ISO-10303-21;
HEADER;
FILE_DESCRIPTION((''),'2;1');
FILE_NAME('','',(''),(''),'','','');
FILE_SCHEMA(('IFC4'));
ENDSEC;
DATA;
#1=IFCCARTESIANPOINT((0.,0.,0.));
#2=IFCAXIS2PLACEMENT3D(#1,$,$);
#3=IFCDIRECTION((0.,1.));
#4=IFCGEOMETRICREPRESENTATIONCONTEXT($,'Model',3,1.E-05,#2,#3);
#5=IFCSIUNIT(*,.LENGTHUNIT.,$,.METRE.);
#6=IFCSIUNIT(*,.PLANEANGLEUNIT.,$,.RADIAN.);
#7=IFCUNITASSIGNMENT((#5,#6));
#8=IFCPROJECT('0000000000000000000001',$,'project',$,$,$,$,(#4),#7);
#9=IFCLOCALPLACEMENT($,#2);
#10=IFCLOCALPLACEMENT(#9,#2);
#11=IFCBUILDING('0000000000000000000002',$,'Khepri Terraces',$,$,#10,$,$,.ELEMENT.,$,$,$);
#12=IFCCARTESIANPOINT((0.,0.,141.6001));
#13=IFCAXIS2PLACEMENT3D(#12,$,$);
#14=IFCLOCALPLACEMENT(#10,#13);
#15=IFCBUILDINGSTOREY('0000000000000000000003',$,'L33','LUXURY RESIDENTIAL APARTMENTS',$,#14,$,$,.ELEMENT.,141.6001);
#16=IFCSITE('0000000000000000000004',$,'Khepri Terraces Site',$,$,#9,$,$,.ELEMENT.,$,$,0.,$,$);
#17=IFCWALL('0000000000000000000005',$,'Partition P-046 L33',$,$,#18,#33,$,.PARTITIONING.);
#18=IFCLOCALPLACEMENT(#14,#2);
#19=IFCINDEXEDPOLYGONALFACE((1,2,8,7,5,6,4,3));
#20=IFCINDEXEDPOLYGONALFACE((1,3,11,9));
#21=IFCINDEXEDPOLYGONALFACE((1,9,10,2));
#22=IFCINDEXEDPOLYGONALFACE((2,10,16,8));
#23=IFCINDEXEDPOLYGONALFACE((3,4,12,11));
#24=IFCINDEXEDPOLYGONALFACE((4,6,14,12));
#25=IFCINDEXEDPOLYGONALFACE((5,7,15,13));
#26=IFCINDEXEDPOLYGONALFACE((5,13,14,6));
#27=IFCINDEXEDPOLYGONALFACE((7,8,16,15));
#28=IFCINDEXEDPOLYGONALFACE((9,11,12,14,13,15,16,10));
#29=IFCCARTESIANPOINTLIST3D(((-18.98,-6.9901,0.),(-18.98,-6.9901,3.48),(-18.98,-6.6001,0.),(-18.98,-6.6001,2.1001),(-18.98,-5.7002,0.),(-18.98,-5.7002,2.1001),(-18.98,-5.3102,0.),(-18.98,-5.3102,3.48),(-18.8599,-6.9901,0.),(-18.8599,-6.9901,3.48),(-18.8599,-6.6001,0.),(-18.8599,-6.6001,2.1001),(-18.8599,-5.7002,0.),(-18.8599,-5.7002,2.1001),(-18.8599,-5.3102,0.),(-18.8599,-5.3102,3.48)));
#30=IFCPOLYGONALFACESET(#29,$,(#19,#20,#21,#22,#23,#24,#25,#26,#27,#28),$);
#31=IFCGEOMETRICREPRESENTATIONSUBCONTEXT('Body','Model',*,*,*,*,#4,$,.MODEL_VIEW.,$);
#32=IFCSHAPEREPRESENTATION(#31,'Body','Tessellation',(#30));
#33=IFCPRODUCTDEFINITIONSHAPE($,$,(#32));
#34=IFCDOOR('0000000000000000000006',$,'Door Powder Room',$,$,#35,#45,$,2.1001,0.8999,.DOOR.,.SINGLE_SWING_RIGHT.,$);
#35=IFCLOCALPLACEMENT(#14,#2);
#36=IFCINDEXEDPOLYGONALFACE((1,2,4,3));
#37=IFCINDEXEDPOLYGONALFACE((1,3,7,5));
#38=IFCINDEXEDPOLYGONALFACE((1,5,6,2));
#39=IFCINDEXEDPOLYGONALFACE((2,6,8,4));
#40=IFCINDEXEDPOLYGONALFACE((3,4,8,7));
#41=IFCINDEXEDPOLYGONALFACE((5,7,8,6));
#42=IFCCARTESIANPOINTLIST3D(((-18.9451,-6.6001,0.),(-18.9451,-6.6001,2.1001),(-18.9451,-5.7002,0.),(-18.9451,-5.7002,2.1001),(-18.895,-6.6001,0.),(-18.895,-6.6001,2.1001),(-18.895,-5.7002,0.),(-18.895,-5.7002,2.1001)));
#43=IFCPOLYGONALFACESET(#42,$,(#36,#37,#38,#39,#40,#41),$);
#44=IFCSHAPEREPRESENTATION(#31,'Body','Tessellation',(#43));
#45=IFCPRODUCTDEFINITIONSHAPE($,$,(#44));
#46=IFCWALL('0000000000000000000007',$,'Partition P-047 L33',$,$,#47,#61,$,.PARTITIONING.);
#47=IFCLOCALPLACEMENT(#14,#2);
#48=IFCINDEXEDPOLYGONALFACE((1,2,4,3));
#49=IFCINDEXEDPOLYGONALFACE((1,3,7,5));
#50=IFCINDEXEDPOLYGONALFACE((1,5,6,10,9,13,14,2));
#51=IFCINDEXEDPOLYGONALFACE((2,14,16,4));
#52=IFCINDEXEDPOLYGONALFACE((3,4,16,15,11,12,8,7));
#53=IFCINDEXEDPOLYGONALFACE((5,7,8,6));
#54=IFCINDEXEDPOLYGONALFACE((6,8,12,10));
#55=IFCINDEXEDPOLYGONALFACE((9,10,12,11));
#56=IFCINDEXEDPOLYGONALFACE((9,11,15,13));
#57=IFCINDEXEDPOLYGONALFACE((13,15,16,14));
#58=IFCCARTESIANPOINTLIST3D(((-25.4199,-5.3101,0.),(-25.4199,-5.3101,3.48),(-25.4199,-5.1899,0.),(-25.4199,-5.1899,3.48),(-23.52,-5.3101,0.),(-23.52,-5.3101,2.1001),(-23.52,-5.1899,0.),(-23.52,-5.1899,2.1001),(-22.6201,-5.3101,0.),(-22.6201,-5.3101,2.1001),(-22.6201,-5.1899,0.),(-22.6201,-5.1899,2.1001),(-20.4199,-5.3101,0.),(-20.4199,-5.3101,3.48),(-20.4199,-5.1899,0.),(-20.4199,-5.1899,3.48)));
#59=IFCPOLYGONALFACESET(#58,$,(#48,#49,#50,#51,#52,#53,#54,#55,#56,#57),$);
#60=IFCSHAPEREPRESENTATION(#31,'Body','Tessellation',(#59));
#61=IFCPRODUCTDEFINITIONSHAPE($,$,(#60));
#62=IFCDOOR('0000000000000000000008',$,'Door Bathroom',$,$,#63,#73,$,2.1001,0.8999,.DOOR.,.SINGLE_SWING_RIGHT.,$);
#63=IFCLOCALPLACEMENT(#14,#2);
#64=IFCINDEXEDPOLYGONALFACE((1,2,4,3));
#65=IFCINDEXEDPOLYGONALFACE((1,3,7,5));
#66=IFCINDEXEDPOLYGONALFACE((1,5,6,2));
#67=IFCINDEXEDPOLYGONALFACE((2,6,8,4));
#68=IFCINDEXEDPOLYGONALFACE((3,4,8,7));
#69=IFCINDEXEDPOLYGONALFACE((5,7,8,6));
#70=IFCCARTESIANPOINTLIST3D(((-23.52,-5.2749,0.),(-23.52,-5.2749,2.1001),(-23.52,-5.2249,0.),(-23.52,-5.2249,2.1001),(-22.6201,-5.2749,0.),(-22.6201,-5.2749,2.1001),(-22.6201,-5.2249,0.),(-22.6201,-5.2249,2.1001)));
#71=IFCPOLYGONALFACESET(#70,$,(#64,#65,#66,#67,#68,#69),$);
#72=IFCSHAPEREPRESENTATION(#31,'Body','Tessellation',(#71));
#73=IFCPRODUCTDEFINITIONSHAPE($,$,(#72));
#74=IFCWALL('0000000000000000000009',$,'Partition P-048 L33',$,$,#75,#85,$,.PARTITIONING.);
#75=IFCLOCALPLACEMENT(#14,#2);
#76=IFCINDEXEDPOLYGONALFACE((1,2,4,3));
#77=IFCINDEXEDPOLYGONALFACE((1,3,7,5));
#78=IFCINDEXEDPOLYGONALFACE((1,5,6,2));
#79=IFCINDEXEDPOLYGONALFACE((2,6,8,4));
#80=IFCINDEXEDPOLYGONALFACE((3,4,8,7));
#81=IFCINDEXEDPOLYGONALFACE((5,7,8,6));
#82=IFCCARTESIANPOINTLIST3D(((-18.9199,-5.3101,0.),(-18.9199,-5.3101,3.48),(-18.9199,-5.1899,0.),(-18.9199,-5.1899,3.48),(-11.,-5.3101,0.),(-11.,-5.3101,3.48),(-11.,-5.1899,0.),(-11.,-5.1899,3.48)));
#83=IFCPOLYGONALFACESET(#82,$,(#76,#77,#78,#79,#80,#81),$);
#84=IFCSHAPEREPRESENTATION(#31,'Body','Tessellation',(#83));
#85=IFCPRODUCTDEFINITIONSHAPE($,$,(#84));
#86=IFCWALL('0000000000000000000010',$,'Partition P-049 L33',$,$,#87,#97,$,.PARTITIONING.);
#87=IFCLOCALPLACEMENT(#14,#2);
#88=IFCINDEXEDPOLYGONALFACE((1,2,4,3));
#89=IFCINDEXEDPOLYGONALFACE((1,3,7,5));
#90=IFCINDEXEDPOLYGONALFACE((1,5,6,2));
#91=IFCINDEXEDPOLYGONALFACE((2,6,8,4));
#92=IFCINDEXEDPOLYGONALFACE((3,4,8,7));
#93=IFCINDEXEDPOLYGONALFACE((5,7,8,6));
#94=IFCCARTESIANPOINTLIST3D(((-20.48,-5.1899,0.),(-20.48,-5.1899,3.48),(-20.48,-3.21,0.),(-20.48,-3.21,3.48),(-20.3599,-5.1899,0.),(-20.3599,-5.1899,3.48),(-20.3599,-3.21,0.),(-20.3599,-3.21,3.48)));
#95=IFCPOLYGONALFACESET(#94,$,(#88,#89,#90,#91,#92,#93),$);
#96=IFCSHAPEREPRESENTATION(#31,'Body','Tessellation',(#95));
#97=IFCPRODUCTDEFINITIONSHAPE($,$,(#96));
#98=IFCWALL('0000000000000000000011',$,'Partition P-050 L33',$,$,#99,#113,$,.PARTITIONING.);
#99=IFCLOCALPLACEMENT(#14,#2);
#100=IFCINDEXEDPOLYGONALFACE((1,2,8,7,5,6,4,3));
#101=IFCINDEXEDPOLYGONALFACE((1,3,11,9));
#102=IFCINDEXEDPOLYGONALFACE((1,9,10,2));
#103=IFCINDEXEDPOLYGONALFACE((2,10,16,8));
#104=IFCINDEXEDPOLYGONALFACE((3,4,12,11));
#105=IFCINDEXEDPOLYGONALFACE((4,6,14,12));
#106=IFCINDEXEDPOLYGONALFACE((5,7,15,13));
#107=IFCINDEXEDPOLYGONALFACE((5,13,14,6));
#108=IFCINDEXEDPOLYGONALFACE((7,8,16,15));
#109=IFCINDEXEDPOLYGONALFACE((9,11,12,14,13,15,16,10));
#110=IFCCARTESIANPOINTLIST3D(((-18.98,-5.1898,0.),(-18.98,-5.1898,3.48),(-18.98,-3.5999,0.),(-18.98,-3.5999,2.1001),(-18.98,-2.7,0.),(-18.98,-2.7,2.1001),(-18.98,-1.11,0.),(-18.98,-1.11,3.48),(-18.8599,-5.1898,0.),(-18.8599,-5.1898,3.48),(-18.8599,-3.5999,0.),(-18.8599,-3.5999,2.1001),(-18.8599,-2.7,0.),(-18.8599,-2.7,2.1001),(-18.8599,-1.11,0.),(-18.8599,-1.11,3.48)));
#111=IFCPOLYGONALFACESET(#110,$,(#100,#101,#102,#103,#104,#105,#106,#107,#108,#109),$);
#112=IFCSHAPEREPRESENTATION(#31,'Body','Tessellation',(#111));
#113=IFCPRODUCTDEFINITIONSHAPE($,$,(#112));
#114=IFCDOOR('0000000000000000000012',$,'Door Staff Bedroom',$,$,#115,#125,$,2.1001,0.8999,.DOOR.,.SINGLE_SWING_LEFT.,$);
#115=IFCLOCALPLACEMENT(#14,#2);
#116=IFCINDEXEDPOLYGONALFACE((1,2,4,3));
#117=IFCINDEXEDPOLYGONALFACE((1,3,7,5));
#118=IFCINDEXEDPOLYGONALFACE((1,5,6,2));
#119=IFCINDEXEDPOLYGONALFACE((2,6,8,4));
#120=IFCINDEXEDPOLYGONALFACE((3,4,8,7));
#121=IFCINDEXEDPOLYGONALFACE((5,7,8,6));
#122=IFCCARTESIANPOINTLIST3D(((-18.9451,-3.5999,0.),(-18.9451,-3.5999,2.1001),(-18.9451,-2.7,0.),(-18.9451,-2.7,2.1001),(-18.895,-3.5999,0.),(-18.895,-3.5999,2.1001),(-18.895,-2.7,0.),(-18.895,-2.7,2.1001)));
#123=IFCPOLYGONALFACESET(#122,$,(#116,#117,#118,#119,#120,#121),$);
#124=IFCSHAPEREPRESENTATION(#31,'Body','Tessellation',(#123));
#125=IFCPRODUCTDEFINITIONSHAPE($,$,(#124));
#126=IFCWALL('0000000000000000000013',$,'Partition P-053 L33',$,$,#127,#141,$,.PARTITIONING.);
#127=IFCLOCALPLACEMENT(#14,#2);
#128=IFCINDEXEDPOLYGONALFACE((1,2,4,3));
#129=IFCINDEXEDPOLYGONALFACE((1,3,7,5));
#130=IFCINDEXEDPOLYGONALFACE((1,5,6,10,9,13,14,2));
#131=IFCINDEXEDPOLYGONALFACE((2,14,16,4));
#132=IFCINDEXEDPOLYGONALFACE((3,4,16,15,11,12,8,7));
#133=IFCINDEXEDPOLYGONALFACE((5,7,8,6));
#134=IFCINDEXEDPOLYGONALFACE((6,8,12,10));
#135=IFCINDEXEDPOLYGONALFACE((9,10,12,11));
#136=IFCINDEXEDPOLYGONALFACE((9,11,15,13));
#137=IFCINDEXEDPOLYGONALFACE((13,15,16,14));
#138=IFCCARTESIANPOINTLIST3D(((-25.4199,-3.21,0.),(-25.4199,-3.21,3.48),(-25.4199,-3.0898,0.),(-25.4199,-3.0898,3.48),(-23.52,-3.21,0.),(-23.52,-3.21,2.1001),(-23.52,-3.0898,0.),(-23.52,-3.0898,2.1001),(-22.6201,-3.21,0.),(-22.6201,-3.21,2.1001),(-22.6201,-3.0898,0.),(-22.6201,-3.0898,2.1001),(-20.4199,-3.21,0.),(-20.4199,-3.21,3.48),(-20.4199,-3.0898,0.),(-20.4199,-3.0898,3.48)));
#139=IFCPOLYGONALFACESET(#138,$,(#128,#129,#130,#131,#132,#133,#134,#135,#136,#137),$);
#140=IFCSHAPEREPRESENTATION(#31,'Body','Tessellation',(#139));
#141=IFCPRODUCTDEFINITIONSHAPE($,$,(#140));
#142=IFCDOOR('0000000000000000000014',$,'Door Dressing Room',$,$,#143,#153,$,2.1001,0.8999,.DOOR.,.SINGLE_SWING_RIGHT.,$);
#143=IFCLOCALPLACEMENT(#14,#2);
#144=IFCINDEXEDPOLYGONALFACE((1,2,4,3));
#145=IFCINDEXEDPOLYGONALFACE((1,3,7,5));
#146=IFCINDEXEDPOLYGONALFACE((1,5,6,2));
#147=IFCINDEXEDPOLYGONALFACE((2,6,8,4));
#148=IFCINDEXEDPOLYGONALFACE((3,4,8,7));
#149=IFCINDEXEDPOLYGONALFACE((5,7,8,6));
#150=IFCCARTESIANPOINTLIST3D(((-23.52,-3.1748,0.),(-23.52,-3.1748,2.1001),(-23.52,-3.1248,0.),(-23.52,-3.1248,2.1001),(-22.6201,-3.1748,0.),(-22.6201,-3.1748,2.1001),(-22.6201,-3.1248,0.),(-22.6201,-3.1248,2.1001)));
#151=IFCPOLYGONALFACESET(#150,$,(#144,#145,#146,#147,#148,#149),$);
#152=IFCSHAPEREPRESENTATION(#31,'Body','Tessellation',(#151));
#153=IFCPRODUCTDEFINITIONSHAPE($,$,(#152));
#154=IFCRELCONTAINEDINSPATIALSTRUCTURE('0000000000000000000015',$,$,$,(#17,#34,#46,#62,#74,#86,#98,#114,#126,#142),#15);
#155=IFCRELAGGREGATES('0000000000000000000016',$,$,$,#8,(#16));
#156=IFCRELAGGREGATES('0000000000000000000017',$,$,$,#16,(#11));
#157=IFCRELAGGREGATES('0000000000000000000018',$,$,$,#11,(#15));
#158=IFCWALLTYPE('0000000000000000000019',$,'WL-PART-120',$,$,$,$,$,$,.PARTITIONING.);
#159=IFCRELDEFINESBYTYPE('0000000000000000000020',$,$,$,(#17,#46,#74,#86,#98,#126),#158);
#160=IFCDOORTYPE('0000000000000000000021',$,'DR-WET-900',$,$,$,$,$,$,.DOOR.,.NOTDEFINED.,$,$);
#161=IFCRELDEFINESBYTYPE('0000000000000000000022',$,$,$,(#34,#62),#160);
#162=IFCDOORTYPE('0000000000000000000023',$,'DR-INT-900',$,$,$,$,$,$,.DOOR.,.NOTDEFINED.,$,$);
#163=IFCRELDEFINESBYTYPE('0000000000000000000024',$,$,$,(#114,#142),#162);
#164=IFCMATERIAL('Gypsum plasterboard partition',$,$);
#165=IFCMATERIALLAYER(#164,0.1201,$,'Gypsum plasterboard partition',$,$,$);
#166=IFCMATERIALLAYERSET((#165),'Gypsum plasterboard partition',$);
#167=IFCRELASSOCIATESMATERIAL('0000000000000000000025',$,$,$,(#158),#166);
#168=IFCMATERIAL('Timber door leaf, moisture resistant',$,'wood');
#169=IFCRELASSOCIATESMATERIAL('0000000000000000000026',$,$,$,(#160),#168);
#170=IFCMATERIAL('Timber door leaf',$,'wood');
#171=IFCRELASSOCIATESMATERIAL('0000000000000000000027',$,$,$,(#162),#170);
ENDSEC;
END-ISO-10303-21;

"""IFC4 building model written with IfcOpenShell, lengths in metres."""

from ifc_helpers import new_model, si_unit, direction, frame, frame_2d, origin, place, context, subcontext, project, spatial, rectangle, extrude, material, layer, layer_set, type_object, element, fill, save


model = new_model("IFC4")

# Units and contexts
model_context = context("Model", 3, precision=1e-05, world=origin(), true_north=direction((0.0, 1.0)))
body_context = subcontext(model_context, "Body", "Model", "MODEL_VIEW")
ifc_project = project(units=[si_unit("LENGTHUNIT", "METRE"), si_unit("PLANEANGLEUNIT", "RADIAN")], contexts=[model_context])

# Site, building, storey
site_placement = place(None, origin())
site = spatial("IfcSite", under=ifc_project, at=site_placement, Name="Khepri Terraces Site", CompositionType="ELEMENT", RefElevation=0.0)
building_placement = place(site_placement, origin())
building = spatial("IfcBuilding", under=site, at=building_placement, Name="Khepri Terraces", CompositionType="ELEMENT")
storey_placement = place(building_placement, frame((0.0, 0.0, 141.6001)))
storey = spatial("IfcBuildingStorey", under=building, at=storey_placement, Name="L33", Description="LUXURY RESIDENTIAL APARTMENTS", CompositionType="ELEMENT", Elevation=141.6001)

# Walls, openings, doors
ifc_material_1 = material(Name="Gypsum plasterboard partition")
ifc_layer_1 = layer(ifc_material_1, 0.1201, Name="Gypsum plasterboard partition")
ifc_layer_set_1 = layer_set([ifc_layer_1], Name="Gypsum plasterboard partition")
wall_type_1 = type_object("IfcWallType", Name="WL-PART-120", PredefinedType="PARTITIONING", material=ifc_layer_set_1)
wall_1_placement = place(storey_placement, frame((-18.9199, -6.99, 0.0), z_axis=(0.0, 0.0, 1.0), x_axis=(0.0, 1.0, 0.0)))
wall_1 = element("IfcWall", 1, at=wall_1_placement, inside=storey, type_object=wall_type_1, Name="Partition P-046 L33", PredefinedType="PARTITIONING", context=body_context, shape_type="SweptSolid", body=[
    extrude(rectangle(XDim=1.6799, YDim=0.1201, at=frame_2d((0.8398, 0.0))), origin(), (0.0, 0.0, 1.0), 3.48),
])
opening_1_placement = place(wall_1_placement, frame((0.3899, 0.0, 0.0)))
opening_1 = element("IfcOpeningElement", 2, at=opening_1_placement, cuts=wall_1, PredefinedType="OPENING", context=body_context, shape_type="SweptSolid", body=[
    extrude(rectangle(XDim=0.8999, YDim=2.1001, at=frame_2d((0.45, 1.05))), frame((0.0, 0.0701, 0.0), z_axis=(0.0, -1.0, 0.0), x_axis=(1.0, 0.0, 0.0)), (0.0, 0.0, 1.0), 0.1401),
])
ifc_material_2 = material(Name="Timber door leaf, moisture resistant", Category="wood")
door_type_1 = type_object("IfcDoorType", Name="DR-WET-900", OperationType="NOTDEFINED", PredefinedType="DOOR", material=ifc_material_2)
door_1_placement = place(opening_1_placement, frame((0.8999, 0.0, 0.0), z_axis=(0.0, 0.0, 1.0), x_axis=(-1.0, 0.0, 0.0)))
door_1 = element("IfcDoor", 3, at=door_1_placement, inside=storey, type_object=door_type_1, Name="Door Powder Room", OperationType="SINGLE_SWING_RIGHT", OverallHeight=2.1001, OverallWidth=0.8999, PredefinedType="DOOR", context=body_context, shape_type="SweptSolid", body=[
    extrude(rectangle(XDim=0.8999, YDim=2.1001, at=frame_2d((0.45, 1.05))), frame((0.0, 0.0249, 0.0), z_axis=(0.0, -1.0, 0.0), x_axis=(1.0, 0.0, 0.0)), (0.0, 0.0, 1.0), 0.05),
])
fill(opening_1, door_1)
wall_2_placement = place(storey_placement, frame((-25.4199, -5.25, 0.0), z_axis=(0.0, 0.0, 1.0), x_axis=(1.0, 0.0, 0.0)))
wall_2 = element("IfcWall", 4, at=wall_2_placement, inside=storey, type_object=wall_type_1, Name="Partition P-047 L33", PredefinedType="PARTITIONING", context=body_context, shape_type="SweptSolid", body=[
    extrude(rectangle(XDim=5.0, YDim=0.1201, at=frame_2d((2.5, 0.0))), origin(), (0.0, 0.0, 1.0), 3.48),
])
opening_2_placement = place(wall_2_placement, frame((1.8999, 0.0, 0.0)))
opening_2 = element("IfcOpeningElement", 5, at=opening_2_placement, cuts=wall_2, PredefinedType="OPENING", context=body_context, shape_type="SweptSolid", body=[
    extrude(rectangle(XDim=0.8999, YDim=2.1001, at=frame_2d((0.45, 1.05))), frame((0.0, 0.0701, 0.0), z_axis=(0.0, -1.0, 0.0), x_axis=(1.0, 0.0, 0.0)), (0.0, 0.0, 1.0), 0.1401),
])
door_2_placement = place(opening_2_placement, frame((0.8999, 0.0, 0.0), z_axis=(0.0, 0.0, 1.0), x_axis=(-1.0, 0.0, 0.0)))
door_2 = element("IfcDoor", 6, at=door_2_placement, inside=storey, type_object=door_type_1, Name="Door Bathroom", OperationType="SINGLE_SWING_RIGHT", OverallHeight=2.1001, OverallWidth=0.8999, PredefinedType="DOOR", context=body_context, shape_type="SweptSolid", body=[
    extrude(rectangle(XDim=0.8999, YDim=2.1001, at=frame_2d((0.45, 1.05))), frame((0.0, 0.0249, 0.0), z_axis=(0.0, -1.0, 0.0), x_axis=(1.0, 0.0, 0.0)), (0.0, 0.0, 1.0), 0.05),
])
fill(opening_2, door_2)

# Walls
wall_3_placement = place(storey_placement, frame((-18.9199, -5.25, 0.0), z_axis=(0.0, 0.0, 1.0), x_axis=(1.0, 0.0, 0.0)))
element("IfcWall", 7, at=wall_3_placement, inside=storey, type_object=wall_type_1, Name="Partition P-048 L33", PredefinedType="PARTITIONING", context=body_context, shape_type="SweptSolid", body=[
    extrude(rectangle(XDim=7.9199, YDim=0.1201, at=frame_2d((3.96, 0.0))), origin(), (0.0, 0.0, 1.0), 3.48),
])
wall_4_placement = place(storey_placement, frame((-20.4199, -5.1899, 0.0), z_axis=(0.0, 0.0, 1.0), x_axis=(0.0, 1.0, 0.0)))
element("IfcWall", 8, at=wall_4_placement, inside=storey, type_object=wall_type_1, Name="Partition P-049 L33", PredefinedType="PARTITIONING", context=body_context, shape_type="SweptSolid", body=[
    extrude(rectangle(XDim=1.98, YDim=0.1201, at=frame_2d((0.99, 0.0))), origin(), (0.0, 0.0, 1.0), 3.48),
])

# Walls, openings, doors
wall_5_placement = place(storey_placement, frame((-18.9199, -5.1899, 0.0), z_axis=(0.0, 0.0, 1.0), x_axis=(0.0, 1.0, 0.0)))
wall_5 = element("IfcWall", 9, at=wall_5_placement, inside=storey, type_object=wall_type_1, Name="Partition P-050 L33", PredefinedType="PARTITIONING", context=body_context, shape_type="SweptSolid", body=[
    extrude(rectangle(XDim=4.0798, YDim=0.1201, at=frame_2d((2.04, 0.0))), origin(), (0.0, 0.0, 1.0), 3.48),
])
opening_3_placement = place(wall_5_placement, frame((1.5901, 0.0, 0.0)))
opening_3 = element("IfcOpeningElement", 10, at=opening_3_placement, cuts=wall_5, PredefinedType="OPENING", context=body_context, shape_type="SweptSolid", body=[
    extrude(rectangle(XDim=0.8999, YDim=2.1001, at=frame_2d((0.45, 1.05))), frame((0.0, 0.0701, 0.0), z_axis=(0.0, -1.0, 0.0), x_axis=(1.0, 0.0, 0.0)), (0.0, 0.0, 1.0), 0.1401),
])
ifc_material_3 = material(Name="Timber door leaf", Category="wood")
door_type_2 = type_object("IfcDoorType", Name="DR-INT-900", OperationType="NOTDEFINED", PredefinedType="DOOR", material=ifc_material_3)
door_3_placement = place(opening_3_placement, frame((0.8999, 0.0, 0.0), z_axis=(0.0, 0.0, 1.0), x_axis=(-1.0, 0.0, 0.0)))
door_3 = element("IfcDoor", 11, at=door_3_placement, inside=storey, type_object=door_type_2, Name="Door Staff Bedroom", OperationType="SINGLE_SWING_LEFT", OverallHeight=2.1001, OverallWidth=0.8999, PredefinedType="DOOR", context=body_context, shape_type="SweptSolid", body=[
    extrude(rectangle(XDim=0.8999, YDim=2.1001, at=frame_2d((0.45, 1.05))), frame((0.0, 0.0249, 0.0), z_axis=(0.0, -1.0, 0.0), x_axis=(1.0, 0.0, 0.0)), (0.0, 0.0, 1.0), 0.05),
])
fill(opening_3, door_3)
wall_6_placement = place(storey_placement, frame((-25.4199, -3.1499, 0.0), z_axis=(0.0, 0.0, 1.0), x_axis=(1.0, 0.0, 0.0)))
wall_6 = element("IfcWall", 12, at=wall_6_placement, inside=storey, type_object=wall_type_1, Name="Partition P-053 L33", PredefinedType="PARTITIONING", context=body_context, shape_type="SweptSolid", body=[
    extrude(rectangle(XDim=5.0, YDim=0.1201, at=frame_2d((2.5, 0.0))), origin(), (0.0, 0.0, 1.0), 3.48),
])
opening_4_placement = place(wall_6_placement, frame((1.8999, 0.0, 0.0)))
opening_4 = element("IfcOpeningElement", 13, at=opening_4_placement, cuts=wall_6, PredefinedType="OPENING", context=body_context, shape_type="SweptSolid", body=[
    extrude(rectangle(XDim=0.8999, YDim=2.1001, at=frame_2d((0.45, 1.05))), frame((0.0, 0.0701, 0.0), z_axis=(0.0, -1.0, 0.0), x_axis=(1.0, 0.0, 0.0)), (0.0, 0.0, 1.0), 0.1401),
])
door_4_placement = place(opening_4_placement, frame((0.8999, 0.0, 0.0), z_axis=(0.0, 0.0, 1.0), x_axis=(-1.0, 0.0, 0.0)))
door_4 = element("IfcDoor", 14, at=door_4_placement, inside=storey, type_object=door_type_2, Name="Door Dressing Room", OperationType="SINGLE_SWING_RIGHT", OverallHeight=2.1001, OverallWidth=0.8999, PredefinedType="DOOR", context=body_context, shape_type="SweptSolid", body=[
    extrude(rectangle(XDim=0.8999, YDim=2.1001, at=frame_2d((0.45, 1.05))), frame((0.0, 0.0249, 0.0), z_axis=(0.0, -1.0, 0.0), x_axis=(1.0, 0.0, 0.0)), (0.0, 0.0, 1.0), 0.05),
])
fill(opening_4, door_4)

save(model, "model.ifc")
